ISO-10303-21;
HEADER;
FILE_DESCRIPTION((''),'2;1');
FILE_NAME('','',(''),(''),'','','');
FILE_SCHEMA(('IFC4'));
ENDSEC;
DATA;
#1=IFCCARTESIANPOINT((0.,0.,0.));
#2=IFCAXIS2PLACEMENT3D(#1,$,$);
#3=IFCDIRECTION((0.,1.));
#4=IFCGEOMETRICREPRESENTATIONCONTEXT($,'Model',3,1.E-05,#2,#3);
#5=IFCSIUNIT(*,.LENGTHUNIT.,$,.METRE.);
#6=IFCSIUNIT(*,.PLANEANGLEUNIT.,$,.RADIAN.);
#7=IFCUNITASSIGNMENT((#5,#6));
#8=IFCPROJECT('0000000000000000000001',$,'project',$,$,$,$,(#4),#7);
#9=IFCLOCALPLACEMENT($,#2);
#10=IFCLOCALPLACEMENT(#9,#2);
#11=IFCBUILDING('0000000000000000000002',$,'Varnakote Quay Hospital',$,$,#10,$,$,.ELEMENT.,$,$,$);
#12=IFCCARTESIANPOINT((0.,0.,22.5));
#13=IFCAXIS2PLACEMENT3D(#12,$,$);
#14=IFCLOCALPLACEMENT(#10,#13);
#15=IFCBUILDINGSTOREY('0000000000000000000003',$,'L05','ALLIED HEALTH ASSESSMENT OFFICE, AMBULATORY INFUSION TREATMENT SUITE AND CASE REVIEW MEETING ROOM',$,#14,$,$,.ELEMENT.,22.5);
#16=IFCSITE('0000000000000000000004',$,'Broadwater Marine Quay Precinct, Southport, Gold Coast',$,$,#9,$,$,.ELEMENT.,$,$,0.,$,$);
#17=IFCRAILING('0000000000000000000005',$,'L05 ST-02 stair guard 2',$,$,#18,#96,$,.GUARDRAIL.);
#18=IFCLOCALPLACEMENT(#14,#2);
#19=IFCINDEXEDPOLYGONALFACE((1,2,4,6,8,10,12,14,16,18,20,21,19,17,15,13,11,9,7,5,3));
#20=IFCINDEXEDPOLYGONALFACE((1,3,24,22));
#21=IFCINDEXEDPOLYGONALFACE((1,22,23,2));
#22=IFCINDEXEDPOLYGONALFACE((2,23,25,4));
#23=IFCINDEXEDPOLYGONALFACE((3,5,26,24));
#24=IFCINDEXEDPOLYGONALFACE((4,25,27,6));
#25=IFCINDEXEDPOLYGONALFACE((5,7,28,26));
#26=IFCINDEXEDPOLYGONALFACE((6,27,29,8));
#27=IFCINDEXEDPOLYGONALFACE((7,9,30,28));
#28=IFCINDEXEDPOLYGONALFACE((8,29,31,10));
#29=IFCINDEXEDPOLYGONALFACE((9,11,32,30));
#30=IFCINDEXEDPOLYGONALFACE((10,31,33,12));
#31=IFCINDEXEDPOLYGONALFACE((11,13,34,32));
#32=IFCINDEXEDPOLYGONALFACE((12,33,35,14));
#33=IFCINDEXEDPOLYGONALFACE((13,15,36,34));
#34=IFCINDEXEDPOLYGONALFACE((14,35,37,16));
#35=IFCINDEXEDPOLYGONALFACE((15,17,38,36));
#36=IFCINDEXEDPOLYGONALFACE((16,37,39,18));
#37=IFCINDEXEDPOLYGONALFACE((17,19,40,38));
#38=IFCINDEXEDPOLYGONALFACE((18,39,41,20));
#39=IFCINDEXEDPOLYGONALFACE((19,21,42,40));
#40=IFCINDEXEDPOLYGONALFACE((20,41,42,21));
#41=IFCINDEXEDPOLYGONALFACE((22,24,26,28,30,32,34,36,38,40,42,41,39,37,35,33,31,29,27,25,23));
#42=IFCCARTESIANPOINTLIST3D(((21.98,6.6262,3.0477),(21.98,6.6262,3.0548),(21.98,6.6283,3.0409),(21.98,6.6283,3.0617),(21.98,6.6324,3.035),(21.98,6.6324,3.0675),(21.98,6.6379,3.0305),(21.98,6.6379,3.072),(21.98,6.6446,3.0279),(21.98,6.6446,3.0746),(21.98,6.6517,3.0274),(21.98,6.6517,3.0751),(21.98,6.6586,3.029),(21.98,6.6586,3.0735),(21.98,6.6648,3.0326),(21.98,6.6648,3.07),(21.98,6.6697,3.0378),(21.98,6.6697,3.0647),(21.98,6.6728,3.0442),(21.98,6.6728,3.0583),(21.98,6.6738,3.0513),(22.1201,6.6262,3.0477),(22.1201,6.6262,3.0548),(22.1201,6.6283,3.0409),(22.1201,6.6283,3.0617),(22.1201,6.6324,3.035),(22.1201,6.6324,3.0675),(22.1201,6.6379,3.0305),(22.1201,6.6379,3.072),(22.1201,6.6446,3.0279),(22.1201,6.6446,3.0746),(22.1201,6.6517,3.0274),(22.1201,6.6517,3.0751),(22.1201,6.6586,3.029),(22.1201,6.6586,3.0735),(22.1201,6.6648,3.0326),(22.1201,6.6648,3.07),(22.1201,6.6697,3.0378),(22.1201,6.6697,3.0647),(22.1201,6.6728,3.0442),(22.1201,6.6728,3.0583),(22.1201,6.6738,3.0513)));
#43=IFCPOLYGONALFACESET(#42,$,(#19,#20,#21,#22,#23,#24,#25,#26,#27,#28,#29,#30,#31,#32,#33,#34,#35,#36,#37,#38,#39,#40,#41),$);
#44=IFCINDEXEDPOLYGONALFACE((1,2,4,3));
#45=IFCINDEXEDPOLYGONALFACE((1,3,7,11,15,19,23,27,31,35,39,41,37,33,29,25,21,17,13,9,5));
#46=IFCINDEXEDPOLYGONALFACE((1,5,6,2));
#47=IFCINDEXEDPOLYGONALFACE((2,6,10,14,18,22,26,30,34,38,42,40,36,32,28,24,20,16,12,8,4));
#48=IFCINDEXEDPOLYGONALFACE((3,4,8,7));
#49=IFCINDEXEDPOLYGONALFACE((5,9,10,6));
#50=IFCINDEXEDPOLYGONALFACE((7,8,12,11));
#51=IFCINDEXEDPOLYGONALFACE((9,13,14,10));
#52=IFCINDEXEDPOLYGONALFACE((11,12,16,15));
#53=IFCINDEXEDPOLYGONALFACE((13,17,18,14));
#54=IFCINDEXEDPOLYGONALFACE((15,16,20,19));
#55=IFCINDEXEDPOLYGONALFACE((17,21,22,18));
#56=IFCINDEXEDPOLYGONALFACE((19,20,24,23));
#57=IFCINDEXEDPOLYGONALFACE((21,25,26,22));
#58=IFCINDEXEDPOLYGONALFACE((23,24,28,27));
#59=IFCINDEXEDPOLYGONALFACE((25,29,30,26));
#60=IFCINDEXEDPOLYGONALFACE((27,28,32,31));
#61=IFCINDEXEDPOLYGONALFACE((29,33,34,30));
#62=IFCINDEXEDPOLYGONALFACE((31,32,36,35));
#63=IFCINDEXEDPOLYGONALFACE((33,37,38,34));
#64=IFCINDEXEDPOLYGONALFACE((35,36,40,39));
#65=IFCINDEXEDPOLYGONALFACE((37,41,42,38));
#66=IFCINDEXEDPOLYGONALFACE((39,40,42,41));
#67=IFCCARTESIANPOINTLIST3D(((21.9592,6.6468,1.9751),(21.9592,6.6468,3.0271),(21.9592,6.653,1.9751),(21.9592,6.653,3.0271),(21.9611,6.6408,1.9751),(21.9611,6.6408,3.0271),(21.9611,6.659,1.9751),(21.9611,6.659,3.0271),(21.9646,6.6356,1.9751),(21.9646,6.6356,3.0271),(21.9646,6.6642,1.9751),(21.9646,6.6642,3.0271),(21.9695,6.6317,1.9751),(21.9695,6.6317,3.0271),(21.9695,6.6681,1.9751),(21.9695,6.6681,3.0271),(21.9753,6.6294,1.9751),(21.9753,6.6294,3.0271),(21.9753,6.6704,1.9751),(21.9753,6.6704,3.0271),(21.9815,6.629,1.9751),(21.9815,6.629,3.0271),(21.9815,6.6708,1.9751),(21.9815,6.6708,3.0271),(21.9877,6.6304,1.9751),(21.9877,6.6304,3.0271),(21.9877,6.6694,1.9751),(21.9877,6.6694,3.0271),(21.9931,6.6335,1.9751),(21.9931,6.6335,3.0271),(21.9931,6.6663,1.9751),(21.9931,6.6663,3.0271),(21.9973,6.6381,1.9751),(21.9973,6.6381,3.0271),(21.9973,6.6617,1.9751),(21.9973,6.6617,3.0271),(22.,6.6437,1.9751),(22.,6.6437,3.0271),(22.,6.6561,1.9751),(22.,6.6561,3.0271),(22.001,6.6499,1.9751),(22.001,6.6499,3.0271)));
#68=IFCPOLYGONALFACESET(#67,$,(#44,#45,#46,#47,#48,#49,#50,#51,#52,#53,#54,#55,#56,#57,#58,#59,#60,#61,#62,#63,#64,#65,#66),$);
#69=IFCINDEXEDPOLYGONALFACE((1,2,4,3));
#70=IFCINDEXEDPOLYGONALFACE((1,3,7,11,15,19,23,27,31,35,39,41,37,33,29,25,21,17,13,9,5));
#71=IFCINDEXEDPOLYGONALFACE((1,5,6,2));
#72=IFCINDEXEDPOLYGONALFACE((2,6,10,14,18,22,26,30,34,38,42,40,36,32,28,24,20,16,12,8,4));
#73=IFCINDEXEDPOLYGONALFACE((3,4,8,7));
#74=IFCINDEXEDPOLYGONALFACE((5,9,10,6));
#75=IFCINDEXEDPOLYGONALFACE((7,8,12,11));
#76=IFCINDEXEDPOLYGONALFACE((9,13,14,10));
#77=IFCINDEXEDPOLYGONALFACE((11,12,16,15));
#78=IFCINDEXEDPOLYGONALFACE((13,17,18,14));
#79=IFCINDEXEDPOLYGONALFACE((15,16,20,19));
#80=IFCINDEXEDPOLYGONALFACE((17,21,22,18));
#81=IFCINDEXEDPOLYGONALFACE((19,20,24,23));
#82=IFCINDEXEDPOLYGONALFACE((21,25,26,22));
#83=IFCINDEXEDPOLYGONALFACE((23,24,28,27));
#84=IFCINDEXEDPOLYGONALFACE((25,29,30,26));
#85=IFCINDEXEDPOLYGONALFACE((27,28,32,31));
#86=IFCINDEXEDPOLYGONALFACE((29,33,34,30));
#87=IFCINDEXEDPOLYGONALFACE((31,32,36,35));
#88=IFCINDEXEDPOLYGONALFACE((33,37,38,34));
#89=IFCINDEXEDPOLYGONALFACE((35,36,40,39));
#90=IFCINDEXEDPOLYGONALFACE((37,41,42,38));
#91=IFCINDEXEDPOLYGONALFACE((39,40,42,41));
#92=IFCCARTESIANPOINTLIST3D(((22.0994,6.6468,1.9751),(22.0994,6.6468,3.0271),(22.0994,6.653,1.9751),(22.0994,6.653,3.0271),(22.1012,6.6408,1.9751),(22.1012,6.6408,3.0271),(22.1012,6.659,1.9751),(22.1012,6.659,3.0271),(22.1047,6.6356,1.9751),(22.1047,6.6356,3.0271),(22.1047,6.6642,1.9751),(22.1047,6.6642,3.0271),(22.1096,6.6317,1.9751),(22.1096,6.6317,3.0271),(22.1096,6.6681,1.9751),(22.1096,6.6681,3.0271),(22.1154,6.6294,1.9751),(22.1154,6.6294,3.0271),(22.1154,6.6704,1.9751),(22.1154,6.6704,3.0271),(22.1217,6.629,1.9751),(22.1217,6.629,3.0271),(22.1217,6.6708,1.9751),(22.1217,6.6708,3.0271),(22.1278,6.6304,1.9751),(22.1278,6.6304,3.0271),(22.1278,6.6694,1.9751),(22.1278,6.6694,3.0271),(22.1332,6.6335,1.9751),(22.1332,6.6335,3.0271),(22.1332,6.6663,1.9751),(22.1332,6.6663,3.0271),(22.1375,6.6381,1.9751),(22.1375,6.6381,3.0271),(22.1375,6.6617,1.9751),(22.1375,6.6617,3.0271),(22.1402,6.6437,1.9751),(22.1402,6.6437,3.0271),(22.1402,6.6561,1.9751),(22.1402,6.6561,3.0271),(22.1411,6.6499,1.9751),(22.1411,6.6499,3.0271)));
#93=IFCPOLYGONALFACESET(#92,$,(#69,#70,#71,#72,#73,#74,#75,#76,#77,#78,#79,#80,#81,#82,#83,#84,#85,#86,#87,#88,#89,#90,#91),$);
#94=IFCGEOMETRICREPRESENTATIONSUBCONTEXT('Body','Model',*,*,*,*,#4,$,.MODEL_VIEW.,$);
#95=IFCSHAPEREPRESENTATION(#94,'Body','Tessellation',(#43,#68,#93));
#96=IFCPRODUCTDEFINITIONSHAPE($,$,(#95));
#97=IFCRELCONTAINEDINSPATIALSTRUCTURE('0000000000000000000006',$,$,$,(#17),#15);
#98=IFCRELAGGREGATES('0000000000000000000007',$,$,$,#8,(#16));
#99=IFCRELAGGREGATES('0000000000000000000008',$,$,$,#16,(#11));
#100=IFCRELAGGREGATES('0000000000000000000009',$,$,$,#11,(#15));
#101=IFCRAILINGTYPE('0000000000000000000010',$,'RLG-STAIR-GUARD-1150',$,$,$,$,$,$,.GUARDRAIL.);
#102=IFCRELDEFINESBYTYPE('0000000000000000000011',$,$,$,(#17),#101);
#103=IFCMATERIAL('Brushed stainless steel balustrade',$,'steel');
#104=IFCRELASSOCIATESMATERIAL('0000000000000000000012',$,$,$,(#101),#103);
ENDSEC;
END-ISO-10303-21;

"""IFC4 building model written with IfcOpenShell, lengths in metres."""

from ifc_helpers import new_model, si_unit, direction, frame, origin, origin_2d, place, context, subcontext, project, spatial, circle, extrude, material, type_object, element, save


model = new_model("IFC4")

# Units and contexts
model_context = context("Model", 3, precision=1e-05, world=origin(), true_north=direction((0.0, 1.0)))
body_context = subcontext(model_context, "Body", "Model", "MODEL_VIEW")
ifc_project = project(units=[si_unit("LENGTHUNIT", "METRE"), si_unit("PLANEANGLEUNIT", "RADIAN")], contexts=[model_context])

# Site, building, storey
site_placement = place(None, origin())
site = spatial("IfcSite", under=ifc_project, at=site_placement, Name="Broadwater Marine Quay Precinct, Southport, Gold Coast", CompositionType="ELEMENT", RefElevation=0.0)
building_placement = place(site_placement, origin())
building = spatial("IfcBuilding", under=site, at=building_placement, Name="Varnakote Quay Hospital", CompositionType="ELEMENT")
storey_placement = place(building_placement, frame((0.0, 0.0, 22.5)))
storey = spatial("IfcBuildingStorey", under=building, at=storey_placement, Name="L05", Description="ALLIED HEALTH ASSESSMENT OFFICE, AMBULATORY INFUSION TREATMENT SUITE AND CASE REVIEW MEETING ROOM", CompositionType="ELEMENT", Elevation=22.5)

# Railing
ifc_material_1 = material(Name="Brushed stainless steel balustrade", Category="steel")
railing_type_1 = type_object("IfcRailingType", Name="RLG-STAIR-GUARD-1150", PredefinedType="GUARDRAIL", material=ifc_material_1)
railing_1_placement = place(storey_placement, frame((21.98, 6.6499, 1.9751)))
element("IfcRailing", 1, at=railing_1_placement, inside=storey, type_object=railing_type_1, Name="L05 ST-02 stair guard 2", PredefinedType="GUARDRAIL", context=body_context, shape_type="SweptSolid", body=[
    extrude(circle(Radius=0.0239, at=origin_2d()), frame((0.0, 0.0, 1.0762), z_axis=(1.0, 0.0, 0.0), x_axis=(0.0, 1.0, 0.0)), (0.0, 0.0, 1.0), 0.1401),
    extrude(circle(Radius=0.021, at=origin_2d()), origin(), (0.0, 0.0, 1.0), 1.052),
    extrude(circle(Radius=0.021, at=origin_2d()), frame((0.1401, 0.0, 0.0)), (0.0, 0.0, 1.0), 1.052),
])

save(model, "model.ifc")
